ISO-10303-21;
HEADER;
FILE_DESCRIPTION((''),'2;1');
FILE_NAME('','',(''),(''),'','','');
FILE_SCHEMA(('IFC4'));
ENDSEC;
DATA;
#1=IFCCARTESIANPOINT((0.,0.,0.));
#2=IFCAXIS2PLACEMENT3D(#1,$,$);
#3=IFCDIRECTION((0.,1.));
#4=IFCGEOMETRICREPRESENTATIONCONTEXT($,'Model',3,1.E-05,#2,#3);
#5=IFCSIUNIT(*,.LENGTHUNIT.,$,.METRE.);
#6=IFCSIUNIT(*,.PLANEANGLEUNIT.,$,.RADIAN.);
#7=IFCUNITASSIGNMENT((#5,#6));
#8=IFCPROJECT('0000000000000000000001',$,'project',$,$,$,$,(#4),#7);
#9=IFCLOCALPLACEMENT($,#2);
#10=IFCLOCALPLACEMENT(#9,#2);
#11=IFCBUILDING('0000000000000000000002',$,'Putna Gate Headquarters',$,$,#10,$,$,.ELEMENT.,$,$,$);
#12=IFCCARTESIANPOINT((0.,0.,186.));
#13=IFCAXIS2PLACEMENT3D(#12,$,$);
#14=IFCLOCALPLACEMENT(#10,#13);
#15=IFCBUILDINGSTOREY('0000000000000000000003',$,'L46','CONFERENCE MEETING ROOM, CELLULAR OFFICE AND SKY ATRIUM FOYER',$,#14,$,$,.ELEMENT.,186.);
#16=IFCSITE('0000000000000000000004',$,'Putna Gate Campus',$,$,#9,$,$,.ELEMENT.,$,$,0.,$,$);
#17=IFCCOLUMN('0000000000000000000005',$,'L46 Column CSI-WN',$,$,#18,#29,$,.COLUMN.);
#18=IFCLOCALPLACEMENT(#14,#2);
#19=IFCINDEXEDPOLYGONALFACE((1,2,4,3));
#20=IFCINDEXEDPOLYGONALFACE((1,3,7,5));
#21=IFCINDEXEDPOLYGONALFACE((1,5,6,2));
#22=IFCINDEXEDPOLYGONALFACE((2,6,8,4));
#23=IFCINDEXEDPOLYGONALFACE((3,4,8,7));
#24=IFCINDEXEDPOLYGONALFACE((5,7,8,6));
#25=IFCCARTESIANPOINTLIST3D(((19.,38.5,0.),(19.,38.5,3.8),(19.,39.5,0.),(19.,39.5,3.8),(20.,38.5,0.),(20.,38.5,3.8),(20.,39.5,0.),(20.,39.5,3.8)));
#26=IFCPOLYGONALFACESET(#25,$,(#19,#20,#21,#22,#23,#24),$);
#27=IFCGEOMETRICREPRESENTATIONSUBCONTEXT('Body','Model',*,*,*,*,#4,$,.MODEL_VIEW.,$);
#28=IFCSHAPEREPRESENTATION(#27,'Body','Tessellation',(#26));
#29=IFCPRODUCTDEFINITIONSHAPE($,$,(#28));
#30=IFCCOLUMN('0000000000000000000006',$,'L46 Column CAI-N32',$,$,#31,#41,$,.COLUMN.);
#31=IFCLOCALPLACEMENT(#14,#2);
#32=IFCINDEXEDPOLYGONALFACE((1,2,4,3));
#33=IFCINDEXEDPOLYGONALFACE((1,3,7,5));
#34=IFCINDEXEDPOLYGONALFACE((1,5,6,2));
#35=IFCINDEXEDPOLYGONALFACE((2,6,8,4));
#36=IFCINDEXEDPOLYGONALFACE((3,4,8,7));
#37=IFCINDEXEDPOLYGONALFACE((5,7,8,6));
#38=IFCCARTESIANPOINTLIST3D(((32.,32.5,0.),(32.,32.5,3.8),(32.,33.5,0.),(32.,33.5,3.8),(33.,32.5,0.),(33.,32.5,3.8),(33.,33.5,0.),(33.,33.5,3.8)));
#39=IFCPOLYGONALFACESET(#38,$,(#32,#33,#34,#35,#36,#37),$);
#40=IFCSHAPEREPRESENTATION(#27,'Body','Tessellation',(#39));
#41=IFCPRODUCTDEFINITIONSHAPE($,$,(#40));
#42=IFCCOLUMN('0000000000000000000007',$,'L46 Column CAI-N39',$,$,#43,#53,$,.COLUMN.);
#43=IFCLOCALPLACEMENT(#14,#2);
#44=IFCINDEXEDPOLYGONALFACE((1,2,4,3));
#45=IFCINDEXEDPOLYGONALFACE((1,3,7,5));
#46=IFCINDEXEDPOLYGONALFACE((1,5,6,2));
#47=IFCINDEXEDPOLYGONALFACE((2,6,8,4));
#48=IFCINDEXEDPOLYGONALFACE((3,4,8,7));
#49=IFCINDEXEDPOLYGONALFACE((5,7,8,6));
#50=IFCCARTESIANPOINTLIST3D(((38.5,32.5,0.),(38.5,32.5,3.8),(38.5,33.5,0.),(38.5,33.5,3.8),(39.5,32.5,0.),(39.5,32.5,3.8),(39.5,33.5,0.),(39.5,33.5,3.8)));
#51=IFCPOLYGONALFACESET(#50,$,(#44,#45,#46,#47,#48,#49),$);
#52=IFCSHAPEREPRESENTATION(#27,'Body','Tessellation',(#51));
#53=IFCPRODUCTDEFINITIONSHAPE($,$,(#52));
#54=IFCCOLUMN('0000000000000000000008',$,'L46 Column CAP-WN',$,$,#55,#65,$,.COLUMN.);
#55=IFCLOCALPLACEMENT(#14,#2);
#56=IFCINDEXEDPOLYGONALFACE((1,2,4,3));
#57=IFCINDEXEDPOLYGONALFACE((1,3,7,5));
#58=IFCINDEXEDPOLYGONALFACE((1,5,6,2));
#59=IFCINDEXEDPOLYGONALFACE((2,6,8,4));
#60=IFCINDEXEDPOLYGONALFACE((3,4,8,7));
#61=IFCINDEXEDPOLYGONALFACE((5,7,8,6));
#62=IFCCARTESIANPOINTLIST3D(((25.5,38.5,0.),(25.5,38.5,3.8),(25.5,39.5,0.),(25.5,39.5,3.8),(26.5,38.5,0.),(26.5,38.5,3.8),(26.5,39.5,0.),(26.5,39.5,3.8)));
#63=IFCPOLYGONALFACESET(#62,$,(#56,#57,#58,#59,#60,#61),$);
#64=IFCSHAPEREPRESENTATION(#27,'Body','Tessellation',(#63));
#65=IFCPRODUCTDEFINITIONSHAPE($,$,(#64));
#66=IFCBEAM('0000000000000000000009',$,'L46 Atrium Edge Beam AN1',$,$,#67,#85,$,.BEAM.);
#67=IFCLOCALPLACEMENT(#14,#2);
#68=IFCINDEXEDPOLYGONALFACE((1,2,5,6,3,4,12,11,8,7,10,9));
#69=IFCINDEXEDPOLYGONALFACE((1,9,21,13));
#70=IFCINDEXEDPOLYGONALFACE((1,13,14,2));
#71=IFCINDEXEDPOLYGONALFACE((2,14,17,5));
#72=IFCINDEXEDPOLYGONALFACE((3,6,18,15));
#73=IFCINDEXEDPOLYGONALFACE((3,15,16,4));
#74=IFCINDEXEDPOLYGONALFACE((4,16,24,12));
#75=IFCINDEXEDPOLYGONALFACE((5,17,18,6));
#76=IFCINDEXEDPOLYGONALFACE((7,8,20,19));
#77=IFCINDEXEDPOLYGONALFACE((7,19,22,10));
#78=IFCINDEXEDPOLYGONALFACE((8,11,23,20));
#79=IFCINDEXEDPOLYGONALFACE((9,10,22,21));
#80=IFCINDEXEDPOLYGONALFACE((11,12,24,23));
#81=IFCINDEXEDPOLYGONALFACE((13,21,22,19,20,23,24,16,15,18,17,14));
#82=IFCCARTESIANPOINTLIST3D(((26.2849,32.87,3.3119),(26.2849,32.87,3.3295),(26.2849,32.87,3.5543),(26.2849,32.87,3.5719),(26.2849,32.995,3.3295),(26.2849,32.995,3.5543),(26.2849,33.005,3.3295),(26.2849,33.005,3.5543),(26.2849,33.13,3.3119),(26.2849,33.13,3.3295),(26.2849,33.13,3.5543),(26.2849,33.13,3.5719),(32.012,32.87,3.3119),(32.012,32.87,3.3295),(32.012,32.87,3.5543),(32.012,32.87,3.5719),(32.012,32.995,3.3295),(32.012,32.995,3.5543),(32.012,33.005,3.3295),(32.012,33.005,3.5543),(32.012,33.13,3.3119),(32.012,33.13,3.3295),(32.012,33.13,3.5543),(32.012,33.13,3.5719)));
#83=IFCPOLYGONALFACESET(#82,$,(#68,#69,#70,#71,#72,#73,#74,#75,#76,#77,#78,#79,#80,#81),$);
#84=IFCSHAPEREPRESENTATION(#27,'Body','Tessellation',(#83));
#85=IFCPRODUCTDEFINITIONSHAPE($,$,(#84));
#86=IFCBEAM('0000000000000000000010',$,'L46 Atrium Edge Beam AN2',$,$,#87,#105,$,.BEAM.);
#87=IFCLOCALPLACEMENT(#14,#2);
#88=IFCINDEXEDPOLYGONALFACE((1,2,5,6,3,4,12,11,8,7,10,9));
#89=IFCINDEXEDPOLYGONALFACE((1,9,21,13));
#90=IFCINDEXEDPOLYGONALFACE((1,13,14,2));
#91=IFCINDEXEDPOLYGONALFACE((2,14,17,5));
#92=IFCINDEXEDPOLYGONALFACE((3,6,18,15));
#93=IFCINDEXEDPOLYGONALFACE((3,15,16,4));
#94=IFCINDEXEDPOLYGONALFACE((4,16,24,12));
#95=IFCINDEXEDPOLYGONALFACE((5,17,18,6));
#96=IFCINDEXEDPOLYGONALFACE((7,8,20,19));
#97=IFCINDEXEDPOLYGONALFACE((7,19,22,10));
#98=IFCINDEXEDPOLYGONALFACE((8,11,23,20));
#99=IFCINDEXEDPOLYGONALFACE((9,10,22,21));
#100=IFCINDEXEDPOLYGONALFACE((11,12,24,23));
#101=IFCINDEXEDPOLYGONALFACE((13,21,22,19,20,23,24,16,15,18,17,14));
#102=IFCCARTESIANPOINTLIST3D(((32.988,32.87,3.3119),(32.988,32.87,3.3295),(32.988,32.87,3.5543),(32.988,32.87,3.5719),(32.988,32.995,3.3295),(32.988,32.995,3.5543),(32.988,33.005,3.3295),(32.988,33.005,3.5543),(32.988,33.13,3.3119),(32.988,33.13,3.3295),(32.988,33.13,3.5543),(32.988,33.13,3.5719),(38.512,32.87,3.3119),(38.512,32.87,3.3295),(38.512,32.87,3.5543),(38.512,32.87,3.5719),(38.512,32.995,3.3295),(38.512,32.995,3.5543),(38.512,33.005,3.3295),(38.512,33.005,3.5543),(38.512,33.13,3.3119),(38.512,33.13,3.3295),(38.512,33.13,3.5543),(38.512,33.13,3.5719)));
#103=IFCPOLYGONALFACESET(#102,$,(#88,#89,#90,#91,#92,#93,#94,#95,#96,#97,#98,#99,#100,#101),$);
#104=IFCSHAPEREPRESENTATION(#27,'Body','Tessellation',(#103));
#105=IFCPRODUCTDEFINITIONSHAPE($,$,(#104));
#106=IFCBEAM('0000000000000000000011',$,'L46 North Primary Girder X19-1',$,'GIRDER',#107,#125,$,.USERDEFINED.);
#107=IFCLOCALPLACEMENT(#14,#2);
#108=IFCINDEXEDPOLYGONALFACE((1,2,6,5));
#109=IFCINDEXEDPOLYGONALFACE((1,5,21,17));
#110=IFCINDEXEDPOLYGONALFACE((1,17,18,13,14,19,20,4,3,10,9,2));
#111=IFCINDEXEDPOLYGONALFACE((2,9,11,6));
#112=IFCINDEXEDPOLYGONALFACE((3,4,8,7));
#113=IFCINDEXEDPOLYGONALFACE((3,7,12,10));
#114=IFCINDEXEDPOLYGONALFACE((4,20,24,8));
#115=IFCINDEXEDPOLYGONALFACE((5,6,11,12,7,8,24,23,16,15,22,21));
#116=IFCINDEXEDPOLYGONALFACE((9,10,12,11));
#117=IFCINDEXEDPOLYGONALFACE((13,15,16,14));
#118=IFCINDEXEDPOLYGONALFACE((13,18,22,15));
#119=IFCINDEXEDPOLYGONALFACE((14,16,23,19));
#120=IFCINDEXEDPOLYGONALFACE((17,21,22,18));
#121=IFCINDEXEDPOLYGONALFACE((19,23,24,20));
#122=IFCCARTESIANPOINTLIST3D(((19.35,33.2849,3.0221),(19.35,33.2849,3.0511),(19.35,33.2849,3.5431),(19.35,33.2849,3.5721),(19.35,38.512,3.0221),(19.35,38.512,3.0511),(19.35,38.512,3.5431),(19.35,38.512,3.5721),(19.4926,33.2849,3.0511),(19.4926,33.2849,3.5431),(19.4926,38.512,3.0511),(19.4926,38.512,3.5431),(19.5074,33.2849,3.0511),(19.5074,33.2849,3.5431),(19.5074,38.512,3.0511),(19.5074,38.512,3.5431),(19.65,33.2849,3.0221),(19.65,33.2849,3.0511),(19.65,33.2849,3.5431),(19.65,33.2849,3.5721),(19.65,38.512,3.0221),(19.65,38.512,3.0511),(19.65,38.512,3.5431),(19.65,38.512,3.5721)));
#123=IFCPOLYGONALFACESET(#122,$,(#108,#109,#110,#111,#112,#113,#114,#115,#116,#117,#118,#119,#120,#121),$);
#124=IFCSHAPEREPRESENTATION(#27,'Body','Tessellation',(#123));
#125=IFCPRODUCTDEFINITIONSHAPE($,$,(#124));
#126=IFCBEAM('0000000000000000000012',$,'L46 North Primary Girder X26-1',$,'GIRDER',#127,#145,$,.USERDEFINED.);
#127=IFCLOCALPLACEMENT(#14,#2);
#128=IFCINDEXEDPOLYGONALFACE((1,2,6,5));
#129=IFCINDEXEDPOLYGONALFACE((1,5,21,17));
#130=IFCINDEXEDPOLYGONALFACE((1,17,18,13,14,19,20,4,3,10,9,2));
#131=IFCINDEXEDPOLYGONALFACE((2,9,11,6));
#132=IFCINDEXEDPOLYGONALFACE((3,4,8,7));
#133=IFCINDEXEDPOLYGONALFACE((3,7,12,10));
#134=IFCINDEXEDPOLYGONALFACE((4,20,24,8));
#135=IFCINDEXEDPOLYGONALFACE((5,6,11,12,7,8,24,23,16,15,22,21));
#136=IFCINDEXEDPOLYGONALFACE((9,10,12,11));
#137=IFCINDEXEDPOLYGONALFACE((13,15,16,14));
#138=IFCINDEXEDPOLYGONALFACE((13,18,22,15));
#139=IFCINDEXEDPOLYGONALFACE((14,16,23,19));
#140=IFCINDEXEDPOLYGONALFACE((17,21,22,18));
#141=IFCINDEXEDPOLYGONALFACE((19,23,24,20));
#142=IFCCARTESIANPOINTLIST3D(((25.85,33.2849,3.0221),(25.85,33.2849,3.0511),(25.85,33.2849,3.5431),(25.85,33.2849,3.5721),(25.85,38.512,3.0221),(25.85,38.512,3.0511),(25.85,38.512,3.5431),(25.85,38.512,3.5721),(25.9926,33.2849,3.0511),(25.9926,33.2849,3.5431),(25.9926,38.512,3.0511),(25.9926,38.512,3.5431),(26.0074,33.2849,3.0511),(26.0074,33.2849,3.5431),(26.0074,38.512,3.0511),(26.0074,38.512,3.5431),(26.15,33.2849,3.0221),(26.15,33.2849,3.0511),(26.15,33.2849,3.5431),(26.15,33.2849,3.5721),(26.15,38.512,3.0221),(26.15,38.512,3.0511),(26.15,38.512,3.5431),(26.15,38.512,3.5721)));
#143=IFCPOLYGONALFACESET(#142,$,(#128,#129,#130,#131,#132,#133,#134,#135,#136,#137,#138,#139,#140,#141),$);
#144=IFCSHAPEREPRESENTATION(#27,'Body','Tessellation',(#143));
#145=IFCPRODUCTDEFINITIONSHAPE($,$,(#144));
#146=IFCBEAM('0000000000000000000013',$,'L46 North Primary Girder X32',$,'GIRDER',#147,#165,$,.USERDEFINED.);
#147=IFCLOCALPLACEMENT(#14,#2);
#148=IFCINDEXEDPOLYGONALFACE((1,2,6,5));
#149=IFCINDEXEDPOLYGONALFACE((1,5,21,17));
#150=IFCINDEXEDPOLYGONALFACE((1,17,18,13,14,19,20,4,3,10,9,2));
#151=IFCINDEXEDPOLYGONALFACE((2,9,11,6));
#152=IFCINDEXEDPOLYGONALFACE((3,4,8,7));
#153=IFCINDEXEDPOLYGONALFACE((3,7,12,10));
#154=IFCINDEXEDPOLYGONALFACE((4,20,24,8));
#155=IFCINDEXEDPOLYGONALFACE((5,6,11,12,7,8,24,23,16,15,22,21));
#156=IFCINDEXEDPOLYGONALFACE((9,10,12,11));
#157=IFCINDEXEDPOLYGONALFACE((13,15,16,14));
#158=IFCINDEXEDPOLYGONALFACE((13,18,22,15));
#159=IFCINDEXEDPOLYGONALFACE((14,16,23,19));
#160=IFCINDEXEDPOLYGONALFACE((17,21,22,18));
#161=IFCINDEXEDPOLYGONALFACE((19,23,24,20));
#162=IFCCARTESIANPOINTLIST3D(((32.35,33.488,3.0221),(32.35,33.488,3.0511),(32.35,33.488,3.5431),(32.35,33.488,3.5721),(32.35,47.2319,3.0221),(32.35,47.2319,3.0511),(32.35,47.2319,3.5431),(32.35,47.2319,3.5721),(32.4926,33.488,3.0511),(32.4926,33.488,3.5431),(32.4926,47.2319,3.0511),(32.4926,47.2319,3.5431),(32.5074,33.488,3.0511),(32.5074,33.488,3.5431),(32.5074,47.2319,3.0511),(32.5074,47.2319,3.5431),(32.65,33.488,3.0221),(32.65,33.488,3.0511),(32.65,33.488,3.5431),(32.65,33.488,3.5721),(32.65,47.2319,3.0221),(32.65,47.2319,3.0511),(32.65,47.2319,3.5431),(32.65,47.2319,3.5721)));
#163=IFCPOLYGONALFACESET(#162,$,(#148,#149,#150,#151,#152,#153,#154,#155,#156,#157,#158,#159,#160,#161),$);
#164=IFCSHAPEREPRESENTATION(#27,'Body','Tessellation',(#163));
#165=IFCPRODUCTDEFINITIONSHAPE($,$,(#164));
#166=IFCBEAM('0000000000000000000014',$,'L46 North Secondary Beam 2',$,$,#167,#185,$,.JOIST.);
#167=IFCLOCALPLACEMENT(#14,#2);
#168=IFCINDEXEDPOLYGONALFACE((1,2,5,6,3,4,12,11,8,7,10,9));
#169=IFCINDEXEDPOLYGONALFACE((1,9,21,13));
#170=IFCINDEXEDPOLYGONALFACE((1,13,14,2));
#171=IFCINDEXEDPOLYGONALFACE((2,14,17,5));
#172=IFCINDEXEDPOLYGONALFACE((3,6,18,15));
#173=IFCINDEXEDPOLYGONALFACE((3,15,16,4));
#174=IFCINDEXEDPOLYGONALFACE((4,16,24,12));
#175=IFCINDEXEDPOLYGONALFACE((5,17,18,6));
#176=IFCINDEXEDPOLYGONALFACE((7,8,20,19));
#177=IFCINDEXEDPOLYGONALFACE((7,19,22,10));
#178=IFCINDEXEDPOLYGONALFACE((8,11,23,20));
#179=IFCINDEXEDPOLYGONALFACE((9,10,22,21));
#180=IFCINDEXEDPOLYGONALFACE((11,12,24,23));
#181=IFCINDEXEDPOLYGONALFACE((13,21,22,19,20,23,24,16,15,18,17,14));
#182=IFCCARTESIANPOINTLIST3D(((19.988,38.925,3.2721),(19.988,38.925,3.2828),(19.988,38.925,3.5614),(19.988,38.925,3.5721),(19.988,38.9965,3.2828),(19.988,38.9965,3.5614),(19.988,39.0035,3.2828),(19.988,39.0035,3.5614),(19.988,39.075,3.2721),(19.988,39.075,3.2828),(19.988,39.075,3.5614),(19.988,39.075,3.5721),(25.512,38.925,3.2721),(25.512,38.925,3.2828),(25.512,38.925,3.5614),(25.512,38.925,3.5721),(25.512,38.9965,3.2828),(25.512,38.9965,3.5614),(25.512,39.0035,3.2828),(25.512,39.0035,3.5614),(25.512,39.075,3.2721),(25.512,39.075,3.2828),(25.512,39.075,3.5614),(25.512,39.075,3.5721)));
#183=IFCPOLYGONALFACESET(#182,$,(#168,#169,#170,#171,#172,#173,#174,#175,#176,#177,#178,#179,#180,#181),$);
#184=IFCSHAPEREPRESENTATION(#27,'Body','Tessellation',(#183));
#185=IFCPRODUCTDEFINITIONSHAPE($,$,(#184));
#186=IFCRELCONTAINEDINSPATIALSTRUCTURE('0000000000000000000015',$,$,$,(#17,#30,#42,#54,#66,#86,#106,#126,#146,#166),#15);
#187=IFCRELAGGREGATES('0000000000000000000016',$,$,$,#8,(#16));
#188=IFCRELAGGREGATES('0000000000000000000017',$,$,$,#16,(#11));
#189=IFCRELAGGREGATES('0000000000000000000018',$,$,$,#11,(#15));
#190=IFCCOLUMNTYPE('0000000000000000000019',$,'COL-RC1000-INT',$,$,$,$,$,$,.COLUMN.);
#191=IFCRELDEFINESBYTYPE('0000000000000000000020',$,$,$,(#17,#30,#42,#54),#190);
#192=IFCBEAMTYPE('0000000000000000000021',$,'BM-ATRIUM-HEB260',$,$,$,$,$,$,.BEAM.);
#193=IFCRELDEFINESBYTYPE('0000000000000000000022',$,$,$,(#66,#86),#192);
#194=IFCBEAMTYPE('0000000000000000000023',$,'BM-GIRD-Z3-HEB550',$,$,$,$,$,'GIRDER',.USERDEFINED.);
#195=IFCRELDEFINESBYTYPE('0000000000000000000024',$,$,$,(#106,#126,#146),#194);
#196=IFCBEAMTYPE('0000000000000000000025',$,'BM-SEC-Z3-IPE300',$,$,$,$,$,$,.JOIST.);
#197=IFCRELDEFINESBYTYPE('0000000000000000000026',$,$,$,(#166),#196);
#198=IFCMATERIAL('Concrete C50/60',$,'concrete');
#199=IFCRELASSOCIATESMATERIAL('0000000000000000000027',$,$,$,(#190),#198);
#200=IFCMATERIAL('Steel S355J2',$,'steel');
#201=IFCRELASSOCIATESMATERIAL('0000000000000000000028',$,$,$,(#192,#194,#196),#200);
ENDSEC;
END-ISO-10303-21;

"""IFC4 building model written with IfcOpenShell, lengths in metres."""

from ifc_helpers import new_model, si_unit, direction, frame, origin, origin_2d, place, context, subcontext, project, spatial, rectangle, i_section, extrude, material, material_profile, profile_set, type_object, element, save


model = new_model("IFC4")

# Units and contexts
model_context = context("Model", 3, precision=1e-05, world=origin(), true_north=direction((0.0, 1.0)))
body_context = subcontext(model_context, "Body", "Model", "MODEL_VIEW")
ifc_project = project(units=[si_unit("LENGTHUNIT", "METRE"), si_unit("PLANEANGLEUNIT", "RADIAN")], contexts=[model_context])

# Site, building, storey
site_placement = place(None, origin())
site = spatial("IfcSite", under=ifc_project, at=site_placement, Name="Putna Gate Campus", CompositionType="ELEMENT", RefElevation=0.0)
building_placement = place(site_placement, origin())
building = spatial("IfcBuilding", under=site, at=building_placement, Name="Putna Gate Headquarters", CompositionType="ELEMENT")
storey_placement = place(building_placement, frame((0.0, 0.0, 186.0)))
storey = spatial("IfcBuildingStorey", under=building, at=storey_placement, Name="L46", Description="CONFERENCE MEETING ROOM, CELLULAR OFFICE AND SKY ATRIUM FOYER", CompositionType="ELEMENT", Elevation=186.0)

# Columns
ifc_material_1 = material(Name="Concrete C50/60", Category="concrete")
ifc_material_profile_1 = material_profile(ifc_material_1, rectangle(XDim=1.0, YDim=1.0, at=origin_2d()), Name="Concrete C50/60")
ifc_profile_set_1 = profile_set([ifc_material_profile_1], Name="Concrete C50/60")
column_type = type_object("IfcColumnType", Name="COL-RC1000-INT", PredefinedType="COLUMN", material=ifc_profile_set_1)
for number, where, z_axis, x_axis, name in (
    (1, (19.5, 39.0, 0.0), (0.0, 0.0, 1.0), (1.0, 0.0, 0.0), "L46 Column CSI-WN"),
    (2, (32.5, 33.0, 0.0), (0.0, 0.0, 1.0), (1.0, 0.0, 0.0), "L46 Column CAI-N32"),
    (3, (39.0, 33.0, 0.0), (0.0, 0.0, 1.0), (1.0, 0.0, 0.0), "L46 Column CAI-N39"),
    (4, (26.0, 39.0, 0.0), (0.0, 0.0, 1.0), (1.0, 0.0, 0.0), "L46 Column CAP-WN"),
):
    element("IfcColumn", number, at=place(storey_placement, frame(where, z_axis=z_axis, x_axis=x_axis)), inside=storey, type_object=column_type, Name=name, PredefinedType="COLUMN", context=body_context, shape_type="SweptSolid", body=[
        extrude(rectangle(XDim=1.0, YDim=1.0, at=origin_2d()), origin(), (0.0, 0.0, 1.0), 3.8),
    ])

# Beams
ifc_material_2 = material(Name="Steel S355J2", Category="steel")
ifc_material_profile_2 = material_profile(ifc_material_2, i_section(OverallWidth=0.26, OverallDepth=0.26, WebThickness=0.01, FlangeThickness=0.0176, at=origin_2d()), Name="Steel S355J2")
ifc_profile_set_2 = profile_set([ifc_material_profile_2], Name="Steel S355J2")
beam_type_1 = type_object("IfcBeamType", Name="BM-ATRIUM-HEB260", PredefinedType="BEAM", material=ifc_profile_set_2)
beam_1_placement = place(storey_placement, frame((26.2849, 33.0, 3.4419), z_axis=(1.0, 0.0, 0.0), x_axis=(0.0, 1.0, 0.0)))
element("IfcBeam", 5, at=beam_1_placement, inside=storey, type_object=beam_type_1, Name="L46 Atrium Edge Beam AN1", PredefinedType="BEAM", context=body_context, shape_type="SweptSolid", body=[
    extrude(i_section(OverallWidth=0.26, OverallDepth=0.26, WebThickness=0.01, FlangeThickness=0.0176, at=origin_2d()), origin(), (0.0, 0.0, 1.0), 5.7271),
])
beam_2_placement = place(storey_placement, frame((32.988, 33.0, 3.4419), z_axis=(1.0, 0.0, 0.0), x_axis=(0.0, 1.0, 0.0)))
element("IfcBeam", 6, at=beam_2_placement, inside=storey, type_object=beam_type_1, Name="L46 Atrium Edge Beam AN2", PredefinedType="BEAM", context=body_context, shape_type="SweptSolid", body=[
    extrude(i_section(OverallWidth=0.26, OverallDepth=0.26, WebThickness=0.01, FlangeThickness=0.0176, at=origin_2d()), origin(), (0.0, 0.0, 1.0), 5.5239),
])
ifc_material_profile_3 = material_profile(ifc_material_2, i_section(OverallWidth=0.3, OverallDepth=0.55, WebThickness=0.0149, FlangeThickness=0.0291, at=origin_2d()), Name="Steel S355J2")
ifc_profile_set_3 = profile_set([ifc_material_profile_3], Name="Steel S355J2")
beam_type_2 = type_object("IfcBeamType", Name="BM-GIRD-Z3-HEB550", ElementType="GIRDER", PredefinedType="USERDEFINED", material=ifc_profile_set_3)
for number, where, z_axis, x_axis, name in (
    (7, (19.5, 33.2849, 3.2971), (0.0, 1.0, 0.0), (-1.0, 0.0, 0.0), "L46 North Primary Girder X19-1"),
    (8, (26.0, 33.2849, 3.2971), (0.0, 1.0, 0.0), (-1.0, 0.0, 0.0), "L46 North Primary Girder X26-1"),
):
    element("IfcBeam", number, at=place(storey_placement, frame(where, z_axis=z_axis, x_axis=x_axis)), inside=storey, type_object=beam_type_2, Name=name, ObjectType="GIRDER", PredefinedType="USERDEFINED", context=body_context, shape_type="SweptSolid", body=[
        extrude(i_section(OverallWidth=0.3, OverallDepth=0.55, WebThickness=0.0149, FlangeThickness=0.0291, at=origin_2d()), origin(), (0.0, 0.0, 1.0), 5.2271),
    ])
beam_3_placement = place(storey_placement, frame((32.5, 33.488, 3.2971), z_axis=(0.0, 1.0, 0.0), x_axis=(-1.0, 0.0, 0.0)))
element("IfcBeam", 9, at=beam_3_placement, inside=storey, type_object=beam_type_2, Name="L46 North Primary Girder X32", ObjectType="GIRDER", PredefinedType="USERDEFINED", context=body_context, shape_type="SweptSolid", body=[
    extrude(i_section(OverallWidth=0.3, OverallDepth=0.55, WebThickness=0.0149, FlangeThickness=0.0291, at=origin_2d()), origin(), (0.0, 0.0, 1.0), 13.7439),
])
ifc_material_profile_4 = material_profile(ifc_material_2, i_section(OverallWidth=0.1499, OverallDepth=0.3, WebThickness=0.0071, FlangeThickness=0.0107, at=origin_2d()), Name="Steel S355J2")
ifc_profile_set_4 = profile_set([ifc_material_profile_4], Name="Steel S355J2")
beam_type_3 = type_object("IfcBeamType", Name="BM-SEC-Z3-IPE300", PredefinedType="JOIST", material=ifc_profile_set_4)
beam_4_placement = place(storey_placement, frame((19.988, 39.0, 3.4221), z_axis=(1.0, 0.0, 0.0), x_axis=(0.0, 1.0, 0.0)))
element("IfcBeam", 10, at=beam_4_placement, inside=storey, type_object=beam_type_3, Name="L46 North Secondary Beam 2", PredefinedType="JOIST", context=body_context, shape_type="SweptSolid", body=[
    extrude(i_section(OverallWidth=0.1499, OverallDepth=0.3, WebThickness=0.0071, FlangeThickness=0.0107, at=origin_2d()), origin(), (0.0, 0.0, 1.0), 5.5239),
])

save(model, "model.ifc")
